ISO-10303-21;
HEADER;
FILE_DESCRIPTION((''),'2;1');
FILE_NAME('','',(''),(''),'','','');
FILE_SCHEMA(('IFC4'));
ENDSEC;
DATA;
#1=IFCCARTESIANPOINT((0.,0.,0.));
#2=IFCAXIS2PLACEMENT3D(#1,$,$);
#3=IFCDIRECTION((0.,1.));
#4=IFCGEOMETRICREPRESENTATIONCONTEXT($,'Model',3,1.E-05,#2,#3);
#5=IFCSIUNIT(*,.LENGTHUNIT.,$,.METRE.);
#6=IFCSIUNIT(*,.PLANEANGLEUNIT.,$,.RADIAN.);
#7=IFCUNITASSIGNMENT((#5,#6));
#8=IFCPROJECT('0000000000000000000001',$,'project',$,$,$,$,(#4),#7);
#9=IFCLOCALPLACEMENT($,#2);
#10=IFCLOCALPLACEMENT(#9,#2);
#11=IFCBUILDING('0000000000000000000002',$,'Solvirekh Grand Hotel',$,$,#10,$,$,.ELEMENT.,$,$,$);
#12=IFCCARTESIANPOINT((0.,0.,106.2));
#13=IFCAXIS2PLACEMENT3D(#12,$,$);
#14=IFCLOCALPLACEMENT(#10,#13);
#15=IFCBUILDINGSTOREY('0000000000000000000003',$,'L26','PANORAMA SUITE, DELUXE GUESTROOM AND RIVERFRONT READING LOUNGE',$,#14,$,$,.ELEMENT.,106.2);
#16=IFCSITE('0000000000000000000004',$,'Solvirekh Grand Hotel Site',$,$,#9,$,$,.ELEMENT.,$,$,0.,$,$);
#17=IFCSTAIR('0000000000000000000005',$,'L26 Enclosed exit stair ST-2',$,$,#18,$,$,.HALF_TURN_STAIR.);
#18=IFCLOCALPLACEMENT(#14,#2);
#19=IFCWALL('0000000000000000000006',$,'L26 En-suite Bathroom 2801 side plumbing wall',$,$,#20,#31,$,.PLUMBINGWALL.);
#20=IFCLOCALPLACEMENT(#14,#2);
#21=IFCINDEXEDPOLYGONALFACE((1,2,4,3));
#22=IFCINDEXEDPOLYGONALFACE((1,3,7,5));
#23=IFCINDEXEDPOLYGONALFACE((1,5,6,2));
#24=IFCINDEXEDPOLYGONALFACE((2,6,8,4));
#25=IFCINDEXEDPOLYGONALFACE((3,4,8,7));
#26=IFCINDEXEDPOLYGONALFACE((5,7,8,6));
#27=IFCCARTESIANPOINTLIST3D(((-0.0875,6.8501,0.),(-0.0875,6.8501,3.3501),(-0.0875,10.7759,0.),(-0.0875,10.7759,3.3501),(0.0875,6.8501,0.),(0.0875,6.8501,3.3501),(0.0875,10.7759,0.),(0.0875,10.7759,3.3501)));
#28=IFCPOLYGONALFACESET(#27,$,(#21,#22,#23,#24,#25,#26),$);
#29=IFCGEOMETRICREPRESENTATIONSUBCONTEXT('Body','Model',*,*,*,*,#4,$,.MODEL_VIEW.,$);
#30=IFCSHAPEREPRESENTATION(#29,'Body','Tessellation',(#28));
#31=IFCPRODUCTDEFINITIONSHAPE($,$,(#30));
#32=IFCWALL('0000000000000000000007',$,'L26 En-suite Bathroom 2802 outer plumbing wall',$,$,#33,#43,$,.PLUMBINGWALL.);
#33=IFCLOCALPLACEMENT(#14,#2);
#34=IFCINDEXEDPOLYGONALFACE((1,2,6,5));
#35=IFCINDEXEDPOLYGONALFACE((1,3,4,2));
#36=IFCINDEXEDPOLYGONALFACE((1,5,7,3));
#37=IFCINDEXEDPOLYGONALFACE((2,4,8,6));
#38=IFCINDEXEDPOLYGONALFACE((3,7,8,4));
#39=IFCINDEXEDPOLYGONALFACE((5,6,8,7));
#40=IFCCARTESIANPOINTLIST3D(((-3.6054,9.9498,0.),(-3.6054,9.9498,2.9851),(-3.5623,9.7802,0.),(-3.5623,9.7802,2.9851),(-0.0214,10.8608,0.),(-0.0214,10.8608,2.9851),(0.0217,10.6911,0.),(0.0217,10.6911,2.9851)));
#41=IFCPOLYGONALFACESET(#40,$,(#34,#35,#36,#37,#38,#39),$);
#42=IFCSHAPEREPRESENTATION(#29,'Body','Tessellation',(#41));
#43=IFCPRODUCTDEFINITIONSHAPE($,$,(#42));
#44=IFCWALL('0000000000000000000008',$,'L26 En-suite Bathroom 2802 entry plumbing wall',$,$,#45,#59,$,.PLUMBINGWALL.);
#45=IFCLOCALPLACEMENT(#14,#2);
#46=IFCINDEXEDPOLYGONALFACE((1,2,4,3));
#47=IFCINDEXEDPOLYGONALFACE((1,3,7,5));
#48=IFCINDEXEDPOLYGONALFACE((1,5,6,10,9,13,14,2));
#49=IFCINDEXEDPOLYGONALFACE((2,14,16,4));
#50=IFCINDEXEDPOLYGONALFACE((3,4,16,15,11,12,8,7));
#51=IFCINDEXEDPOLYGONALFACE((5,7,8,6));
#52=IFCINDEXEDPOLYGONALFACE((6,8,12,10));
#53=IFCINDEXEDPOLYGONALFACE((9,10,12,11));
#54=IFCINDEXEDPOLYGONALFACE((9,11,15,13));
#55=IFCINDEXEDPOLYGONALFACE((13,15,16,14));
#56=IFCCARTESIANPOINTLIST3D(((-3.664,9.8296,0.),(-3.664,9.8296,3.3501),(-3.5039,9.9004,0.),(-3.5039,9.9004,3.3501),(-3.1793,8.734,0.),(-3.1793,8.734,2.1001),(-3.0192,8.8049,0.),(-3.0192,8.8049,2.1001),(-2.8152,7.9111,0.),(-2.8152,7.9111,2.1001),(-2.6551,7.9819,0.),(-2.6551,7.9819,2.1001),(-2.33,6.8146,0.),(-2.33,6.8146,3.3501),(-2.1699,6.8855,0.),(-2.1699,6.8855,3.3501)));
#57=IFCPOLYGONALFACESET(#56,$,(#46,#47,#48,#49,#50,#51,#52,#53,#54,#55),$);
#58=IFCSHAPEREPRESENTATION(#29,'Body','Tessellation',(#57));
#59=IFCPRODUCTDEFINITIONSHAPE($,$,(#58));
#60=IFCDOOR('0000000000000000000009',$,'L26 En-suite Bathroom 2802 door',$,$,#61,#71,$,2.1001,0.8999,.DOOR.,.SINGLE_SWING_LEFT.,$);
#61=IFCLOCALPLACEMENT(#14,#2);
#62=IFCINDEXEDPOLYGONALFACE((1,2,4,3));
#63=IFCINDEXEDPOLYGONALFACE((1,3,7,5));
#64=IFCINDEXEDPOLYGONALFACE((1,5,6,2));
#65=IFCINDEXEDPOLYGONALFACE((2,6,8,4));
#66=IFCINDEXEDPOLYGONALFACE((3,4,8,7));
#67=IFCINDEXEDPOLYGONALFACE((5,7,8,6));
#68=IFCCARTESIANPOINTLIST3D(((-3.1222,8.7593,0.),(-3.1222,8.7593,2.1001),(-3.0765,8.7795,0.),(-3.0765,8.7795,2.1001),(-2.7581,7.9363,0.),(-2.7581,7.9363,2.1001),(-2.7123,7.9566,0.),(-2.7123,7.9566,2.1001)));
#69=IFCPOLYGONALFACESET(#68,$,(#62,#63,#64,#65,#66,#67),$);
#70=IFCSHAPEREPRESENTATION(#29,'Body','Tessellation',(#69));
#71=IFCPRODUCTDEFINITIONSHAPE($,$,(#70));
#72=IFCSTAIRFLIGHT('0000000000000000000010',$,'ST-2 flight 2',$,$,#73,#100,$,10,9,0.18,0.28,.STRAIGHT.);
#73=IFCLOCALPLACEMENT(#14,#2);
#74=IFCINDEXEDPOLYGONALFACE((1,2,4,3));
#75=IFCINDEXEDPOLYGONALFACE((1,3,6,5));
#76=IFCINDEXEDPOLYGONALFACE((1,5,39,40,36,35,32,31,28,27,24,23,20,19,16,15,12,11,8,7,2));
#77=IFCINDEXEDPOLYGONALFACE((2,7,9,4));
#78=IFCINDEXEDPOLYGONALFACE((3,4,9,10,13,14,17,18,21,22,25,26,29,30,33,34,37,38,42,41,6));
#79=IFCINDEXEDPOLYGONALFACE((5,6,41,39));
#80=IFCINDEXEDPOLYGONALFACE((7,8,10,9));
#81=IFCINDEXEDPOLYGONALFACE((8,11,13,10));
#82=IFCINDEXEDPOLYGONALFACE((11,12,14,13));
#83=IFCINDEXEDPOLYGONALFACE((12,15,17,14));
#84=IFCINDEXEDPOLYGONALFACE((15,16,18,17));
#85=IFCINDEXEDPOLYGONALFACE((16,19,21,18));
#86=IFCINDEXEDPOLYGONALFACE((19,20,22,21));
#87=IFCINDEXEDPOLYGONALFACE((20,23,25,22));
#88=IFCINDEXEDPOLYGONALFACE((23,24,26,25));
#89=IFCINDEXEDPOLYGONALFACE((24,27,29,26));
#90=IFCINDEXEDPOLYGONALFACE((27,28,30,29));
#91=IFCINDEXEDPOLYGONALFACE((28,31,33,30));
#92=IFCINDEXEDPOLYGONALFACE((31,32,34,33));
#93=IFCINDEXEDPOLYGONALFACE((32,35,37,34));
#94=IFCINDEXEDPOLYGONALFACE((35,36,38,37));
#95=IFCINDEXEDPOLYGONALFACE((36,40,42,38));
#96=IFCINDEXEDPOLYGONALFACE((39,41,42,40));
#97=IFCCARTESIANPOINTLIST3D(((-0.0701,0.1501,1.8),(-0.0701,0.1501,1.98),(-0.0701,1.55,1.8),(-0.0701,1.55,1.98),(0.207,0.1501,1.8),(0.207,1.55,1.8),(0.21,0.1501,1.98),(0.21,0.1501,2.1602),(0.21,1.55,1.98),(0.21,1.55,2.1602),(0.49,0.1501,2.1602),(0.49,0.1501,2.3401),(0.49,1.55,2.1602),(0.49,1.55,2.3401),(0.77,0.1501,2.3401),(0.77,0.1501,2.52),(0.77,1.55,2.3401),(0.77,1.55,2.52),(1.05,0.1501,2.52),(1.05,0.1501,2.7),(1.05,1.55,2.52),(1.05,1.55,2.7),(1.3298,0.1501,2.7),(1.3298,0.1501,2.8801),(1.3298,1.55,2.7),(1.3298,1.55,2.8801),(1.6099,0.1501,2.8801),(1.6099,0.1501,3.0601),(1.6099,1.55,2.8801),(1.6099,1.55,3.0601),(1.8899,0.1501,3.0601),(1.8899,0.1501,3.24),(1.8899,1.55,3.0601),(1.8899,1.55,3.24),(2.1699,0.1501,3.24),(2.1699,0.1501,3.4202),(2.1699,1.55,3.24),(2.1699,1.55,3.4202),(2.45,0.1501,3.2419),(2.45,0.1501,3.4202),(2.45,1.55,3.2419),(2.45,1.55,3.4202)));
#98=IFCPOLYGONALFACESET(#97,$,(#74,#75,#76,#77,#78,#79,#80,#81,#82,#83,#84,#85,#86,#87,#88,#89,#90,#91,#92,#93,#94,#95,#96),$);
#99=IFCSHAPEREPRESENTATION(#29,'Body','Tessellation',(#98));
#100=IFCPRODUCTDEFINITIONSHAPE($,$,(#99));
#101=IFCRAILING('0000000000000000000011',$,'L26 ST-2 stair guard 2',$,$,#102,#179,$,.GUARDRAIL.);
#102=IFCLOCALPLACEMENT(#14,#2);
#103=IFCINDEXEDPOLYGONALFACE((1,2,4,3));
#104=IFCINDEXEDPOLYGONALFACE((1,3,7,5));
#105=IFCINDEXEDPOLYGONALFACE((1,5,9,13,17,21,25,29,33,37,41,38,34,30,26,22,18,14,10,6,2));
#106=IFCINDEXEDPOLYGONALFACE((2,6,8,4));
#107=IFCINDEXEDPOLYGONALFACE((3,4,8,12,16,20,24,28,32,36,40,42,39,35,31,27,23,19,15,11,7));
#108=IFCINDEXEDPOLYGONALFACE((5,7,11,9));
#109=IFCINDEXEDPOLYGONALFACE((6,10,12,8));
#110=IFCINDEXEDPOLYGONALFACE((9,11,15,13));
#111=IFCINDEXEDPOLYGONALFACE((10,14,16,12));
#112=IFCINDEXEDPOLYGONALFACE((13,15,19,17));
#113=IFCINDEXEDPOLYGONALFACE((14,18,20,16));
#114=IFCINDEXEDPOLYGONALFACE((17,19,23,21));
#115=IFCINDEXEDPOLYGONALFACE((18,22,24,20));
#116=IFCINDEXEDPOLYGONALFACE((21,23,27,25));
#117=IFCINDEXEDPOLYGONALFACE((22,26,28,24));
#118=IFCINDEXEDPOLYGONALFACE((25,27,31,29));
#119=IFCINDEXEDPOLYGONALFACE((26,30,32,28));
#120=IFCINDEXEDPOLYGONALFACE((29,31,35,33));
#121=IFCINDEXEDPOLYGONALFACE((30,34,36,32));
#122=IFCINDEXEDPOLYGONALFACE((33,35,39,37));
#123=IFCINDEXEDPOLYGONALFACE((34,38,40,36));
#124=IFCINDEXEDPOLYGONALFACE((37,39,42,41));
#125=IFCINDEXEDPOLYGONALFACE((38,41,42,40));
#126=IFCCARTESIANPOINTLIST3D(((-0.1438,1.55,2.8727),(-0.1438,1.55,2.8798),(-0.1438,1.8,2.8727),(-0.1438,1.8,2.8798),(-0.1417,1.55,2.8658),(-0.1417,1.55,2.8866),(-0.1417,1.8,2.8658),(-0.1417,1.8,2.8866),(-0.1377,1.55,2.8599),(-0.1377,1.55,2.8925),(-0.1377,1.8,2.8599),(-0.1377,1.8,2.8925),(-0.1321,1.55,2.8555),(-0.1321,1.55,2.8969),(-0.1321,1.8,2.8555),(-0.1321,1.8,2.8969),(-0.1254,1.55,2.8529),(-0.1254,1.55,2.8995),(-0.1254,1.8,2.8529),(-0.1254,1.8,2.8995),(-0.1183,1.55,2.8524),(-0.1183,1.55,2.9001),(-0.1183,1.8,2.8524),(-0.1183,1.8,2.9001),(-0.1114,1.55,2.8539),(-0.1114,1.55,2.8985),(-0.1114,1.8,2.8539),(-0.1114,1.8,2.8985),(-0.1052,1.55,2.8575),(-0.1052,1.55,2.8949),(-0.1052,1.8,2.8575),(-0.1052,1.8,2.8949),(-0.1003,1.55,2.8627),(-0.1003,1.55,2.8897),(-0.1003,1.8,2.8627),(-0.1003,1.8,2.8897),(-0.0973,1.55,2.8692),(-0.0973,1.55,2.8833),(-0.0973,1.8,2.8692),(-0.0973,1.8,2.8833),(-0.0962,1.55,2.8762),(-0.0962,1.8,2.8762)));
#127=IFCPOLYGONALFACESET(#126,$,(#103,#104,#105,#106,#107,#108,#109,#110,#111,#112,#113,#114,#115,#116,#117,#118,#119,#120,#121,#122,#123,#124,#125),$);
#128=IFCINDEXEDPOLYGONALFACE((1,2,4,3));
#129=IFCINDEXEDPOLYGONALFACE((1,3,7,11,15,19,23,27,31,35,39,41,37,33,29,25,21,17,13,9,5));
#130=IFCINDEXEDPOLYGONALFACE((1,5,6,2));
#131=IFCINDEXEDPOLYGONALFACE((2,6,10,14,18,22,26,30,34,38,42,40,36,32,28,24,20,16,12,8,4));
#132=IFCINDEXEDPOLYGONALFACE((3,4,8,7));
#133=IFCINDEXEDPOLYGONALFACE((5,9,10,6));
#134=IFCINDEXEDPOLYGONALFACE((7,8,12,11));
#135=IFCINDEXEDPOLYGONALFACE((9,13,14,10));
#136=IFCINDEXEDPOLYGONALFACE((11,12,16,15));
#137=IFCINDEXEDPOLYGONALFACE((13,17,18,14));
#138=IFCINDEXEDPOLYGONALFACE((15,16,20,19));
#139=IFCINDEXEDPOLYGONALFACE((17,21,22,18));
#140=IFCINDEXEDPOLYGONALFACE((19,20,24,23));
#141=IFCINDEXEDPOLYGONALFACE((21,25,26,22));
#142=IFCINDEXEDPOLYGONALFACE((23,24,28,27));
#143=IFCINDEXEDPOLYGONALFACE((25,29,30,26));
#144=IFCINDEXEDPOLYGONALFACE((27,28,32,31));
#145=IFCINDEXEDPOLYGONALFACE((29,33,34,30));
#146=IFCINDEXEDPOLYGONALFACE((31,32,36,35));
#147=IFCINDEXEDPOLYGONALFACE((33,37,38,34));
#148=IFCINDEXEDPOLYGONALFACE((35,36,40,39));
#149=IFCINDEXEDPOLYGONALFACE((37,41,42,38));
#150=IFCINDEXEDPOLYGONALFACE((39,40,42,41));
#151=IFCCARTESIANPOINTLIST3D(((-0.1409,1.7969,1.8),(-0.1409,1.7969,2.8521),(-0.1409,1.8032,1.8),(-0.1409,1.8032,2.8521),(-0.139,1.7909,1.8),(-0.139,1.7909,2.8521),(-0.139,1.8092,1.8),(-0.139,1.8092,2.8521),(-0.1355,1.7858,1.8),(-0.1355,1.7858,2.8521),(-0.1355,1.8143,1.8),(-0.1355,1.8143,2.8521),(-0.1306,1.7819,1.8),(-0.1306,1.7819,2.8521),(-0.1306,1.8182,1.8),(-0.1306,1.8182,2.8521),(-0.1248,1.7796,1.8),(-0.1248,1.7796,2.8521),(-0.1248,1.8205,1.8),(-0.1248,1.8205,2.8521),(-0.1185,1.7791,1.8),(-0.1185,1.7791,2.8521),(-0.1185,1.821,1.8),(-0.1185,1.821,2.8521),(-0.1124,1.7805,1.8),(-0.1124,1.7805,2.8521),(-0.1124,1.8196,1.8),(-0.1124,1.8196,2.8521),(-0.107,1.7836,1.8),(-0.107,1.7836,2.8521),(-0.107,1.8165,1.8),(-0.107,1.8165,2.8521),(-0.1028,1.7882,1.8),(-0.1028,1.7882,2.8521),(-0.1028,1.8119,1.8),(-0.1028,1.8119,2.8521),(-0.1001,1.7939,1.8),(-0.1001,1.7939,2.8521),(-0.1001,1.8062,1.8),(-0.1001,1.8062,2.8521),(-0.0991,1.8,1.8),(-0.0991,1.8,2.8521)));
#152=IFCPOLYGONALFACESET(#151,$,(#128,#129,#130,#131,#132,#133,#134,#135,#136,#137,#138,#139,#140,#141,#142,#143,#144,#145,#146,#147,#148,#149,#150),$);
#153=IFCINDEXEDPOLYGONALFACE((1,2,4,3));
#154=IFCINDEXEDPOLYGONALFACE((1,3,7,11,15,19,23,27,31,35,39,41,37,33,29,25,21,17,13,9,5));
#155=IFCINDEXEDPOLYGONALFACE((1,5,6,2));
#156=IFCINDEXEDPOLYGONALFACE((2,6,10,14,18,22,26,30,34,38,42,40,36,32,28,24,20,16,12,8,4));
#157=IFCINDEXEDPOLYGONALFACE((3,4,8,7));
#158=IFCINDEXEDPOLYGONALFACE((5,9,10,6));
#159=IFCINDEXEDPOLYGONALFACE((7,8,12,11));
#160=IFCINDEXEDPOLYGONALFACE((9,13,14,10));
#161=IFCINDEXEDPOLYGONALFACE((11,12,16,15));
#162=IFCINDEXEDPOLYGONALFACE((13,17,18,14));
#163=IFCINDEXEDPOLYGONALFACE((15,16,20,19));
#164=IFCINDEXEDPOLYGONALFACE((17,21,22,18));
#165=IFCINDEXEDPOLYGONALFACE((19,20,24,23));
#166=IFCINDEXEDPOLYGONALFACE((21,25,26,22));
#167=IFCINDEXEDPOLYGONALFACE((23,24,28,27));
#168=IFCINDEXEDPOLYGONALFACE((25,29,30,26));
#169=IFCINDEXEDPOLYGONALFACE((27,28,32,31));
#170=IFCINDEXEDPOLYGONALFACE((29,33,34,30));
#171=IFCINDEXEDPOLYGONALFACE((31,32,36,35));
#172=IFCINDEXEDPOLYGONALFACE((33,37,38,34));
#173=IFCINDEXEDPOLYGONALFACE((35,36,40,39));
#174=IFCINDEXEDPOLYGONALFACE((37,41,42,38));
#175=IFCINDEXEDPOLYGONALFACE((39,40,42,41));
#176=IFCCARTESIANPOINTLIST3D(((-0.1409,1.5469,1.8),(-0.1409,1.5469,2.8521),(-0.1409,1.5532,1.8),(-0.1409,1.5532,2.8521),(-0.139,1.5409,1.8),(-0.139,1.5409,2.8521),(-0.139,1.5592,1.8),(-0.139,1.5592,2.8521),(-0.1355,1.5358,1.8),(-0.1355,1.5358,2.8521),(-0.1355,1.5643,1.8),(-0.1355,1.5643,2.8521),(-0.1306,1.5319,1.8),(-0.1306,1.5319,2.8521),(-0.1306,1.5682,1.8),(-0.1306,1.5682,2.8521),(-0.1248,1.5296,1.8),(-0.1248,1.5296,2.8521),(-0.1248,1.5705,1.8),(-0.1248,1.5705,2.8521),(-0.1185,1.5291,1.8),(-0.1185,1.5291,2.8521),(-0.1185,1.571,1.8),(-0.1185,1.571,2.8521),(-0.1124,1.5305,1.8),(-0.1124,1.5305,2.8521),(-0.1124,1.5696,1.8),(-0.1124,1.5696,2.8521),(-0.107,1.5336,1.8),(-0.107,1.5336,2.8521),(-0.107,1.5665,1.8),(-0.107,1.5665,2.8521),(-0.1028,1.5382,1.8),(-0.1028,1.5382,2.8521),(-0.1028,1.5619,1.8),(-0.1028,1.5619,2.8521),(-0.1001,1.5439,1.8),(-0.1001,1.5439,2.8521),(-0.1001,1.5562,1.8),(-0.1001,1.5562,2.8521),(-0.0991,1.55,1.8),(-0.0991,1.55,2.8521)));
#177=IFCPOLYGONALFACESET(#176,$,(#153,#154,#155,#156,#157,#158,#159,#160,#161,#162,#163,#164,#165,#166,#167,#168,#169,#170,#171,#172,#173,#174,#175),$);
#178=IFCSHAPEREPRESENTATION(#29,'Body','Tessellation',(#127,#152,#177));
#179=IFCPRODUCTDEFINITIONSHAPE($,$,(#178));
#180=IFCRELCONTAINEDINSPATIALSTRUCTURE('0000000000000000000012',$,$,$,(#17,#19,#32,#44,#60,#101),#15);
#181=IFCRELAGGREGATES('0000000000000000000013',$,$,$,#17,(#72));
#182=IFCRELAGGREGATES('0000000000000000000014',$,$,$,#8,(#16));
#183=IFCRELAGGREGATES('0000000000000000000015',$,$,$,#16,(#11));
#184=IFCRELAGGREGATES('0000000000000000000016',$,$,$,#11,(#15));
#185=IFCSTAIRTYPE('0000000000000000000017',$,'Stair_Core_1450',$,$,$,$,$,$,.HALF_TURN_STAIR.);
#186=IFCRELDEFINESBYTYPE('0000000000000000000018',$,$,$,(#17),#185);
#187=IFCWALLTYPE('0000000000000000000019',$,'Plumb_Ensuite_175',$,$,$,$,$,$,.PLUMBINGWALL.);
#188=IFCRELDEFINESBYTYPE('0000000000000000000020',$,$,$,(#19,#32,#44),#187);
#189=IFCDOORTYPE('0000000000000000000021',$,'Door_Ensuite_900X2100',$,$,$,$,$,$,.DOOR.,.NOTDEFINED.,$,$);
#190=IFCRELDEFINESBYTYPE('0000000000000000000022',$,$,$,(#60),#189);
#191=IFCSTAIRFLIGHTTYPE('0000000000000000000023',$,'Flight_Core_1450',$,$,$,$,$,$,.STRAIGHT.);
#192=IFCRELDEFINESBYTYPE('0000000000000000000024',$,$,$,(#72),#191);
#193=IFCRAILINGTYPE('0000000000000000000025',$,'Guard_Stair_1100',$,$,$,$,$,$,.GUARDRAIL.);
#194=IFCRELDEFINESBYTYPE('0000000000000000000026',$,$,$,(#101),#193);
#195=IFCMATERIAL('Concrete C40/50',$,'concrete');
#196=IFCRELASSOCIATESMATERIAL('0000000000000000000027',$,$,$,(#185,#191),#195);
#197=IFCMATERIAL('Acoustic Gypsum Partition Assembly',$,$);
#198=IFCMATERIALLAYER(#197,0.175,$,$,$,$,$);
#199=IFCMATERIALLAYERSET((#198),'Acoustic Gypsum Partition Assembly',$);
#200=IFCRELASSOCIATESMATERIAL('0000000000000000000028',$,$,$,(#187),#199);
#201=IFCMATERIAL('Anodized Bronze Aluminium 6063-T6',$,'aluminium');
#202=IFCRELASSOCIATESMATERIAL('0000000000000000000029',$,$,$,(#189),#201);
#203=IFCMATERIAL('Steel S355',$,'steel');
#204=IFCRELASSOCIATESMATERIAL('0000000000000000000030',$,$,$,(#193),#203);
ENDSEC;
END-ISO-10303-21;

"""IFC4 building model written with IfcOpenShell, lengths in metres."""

from ifc_helpers import new_model, si_unit, direction, frame, frame_2d, origin, origin_2d, place, context, subcontext, project, spatial, polyline, rectangle, circle, outline, extrude, material, layer, layer_set, type_object, element, fill, aggregate, save


model = new_model("IFC4")

# Units and contexts
model_context = context("Model", 3, precision=1e-05, world=origin(), true_north=direction((0.0, 1.0)))
body_context = subcontext(model_context, "Body", "Model", "MODEL_VIEW")
ifc_project = project(units=[si_unit("LENGTHUNIT", "METRE"), si_unit("PLANEANGLEUNIT", "RADIAN")], contexts=[model_context])

# Site, building, storey
site_placement = place(None, origin())
site = spatial("IfcSite", under=ifc_project, at=site_placement, Name="Solvirekh Grand Hotel Site", CompositionType="ELEMENT", RefElevation=0.0)
building_placement = place(site_placement, origin())
building = spatial("IfcBuilding", under=site, at=building_placement, Name="Solvirekh Grand Hotel", CompositionType="ELEMENT")
storey_placement = place(building_placement, frame((0.0, 0.0, 106.2)))
storey = spatial("IfcBuildingStorey", under=building, at=storey_placement, Name="L26", Description="PANORAMA SUITE, DELUXE GUESTROOM AND RIVERFRONT READING LOUNGE", CompositionType="ELEMENT", Elevation=106.2)

# Shared definitions
ifc_material_1 = material(Name="Steel S355", Category="steel")

# Shared definitions
ifc_material_2 = material(Name="Anodized Bronze Aluminium 6063-T6", Category="aluminium")

# Stair
ifc_material_3 = material(Name="Concrete C40/50", Category="concrete")
stair_type = type_object("IfcStairType", Name="Stair_Core_1450", PredefinedType="HALF_TURN_STAIR", material=ifc_material_3)
stair_1_placement = place(storey_placement, origin())
stair_1 = element("IfcStair", 1, at=stair_1_placement, inside=storey, type_object=stair_type, Name="L26 Enclosed exit stair ST-2", PredefinedType="HALF_TURN_STAIR")

# Walls
ifc_material_4 = material(Name="Acoustic Gypsum Partition Assembly")
ifc_layer_1 = layer(ifc_material_4, 0.175)
ifc_layer_set_1 = layer_set([ifc_layer_1], Name="Acoustic Gypsum Partition Assembly")
wall_type_1 = type_object("IfcWallType", Name="Plumb_Ensuite_175", PredefinedType="PLUMBINGWALL", material=ifc_layer_set_1)
wall_1_placement = place(storey_placement, frame((0.0, 10.7759, 0.0), z_axis=(0.0, 0.0, 1.0), x_axis=(0.0, -1.0, 0.0)))
element("IfcWall", 2, at=wall_1_placement, inside=storey, type_object=wall_type_1, Name="L26 En-suite Bathroom 2801 side plumbing wall", PredefinedType="PLUMBINGWALL", context=body_context, shape_type="SweptSolid", body=[
    extrude(rectangle(XDim=3.9258, YDim=0.175, at=frame_2d((1.9629, 0.0))), origin(), (0.0, 0.0, 1.0), 3.3501),
])
wall_2_placement = place(storey_placement, frame((-3.584, 9.865, 0.0), z_axis=(0.0, 0.0, 1.0), x_axis=(0.969188, 0.246324, 0.0)))
element("IfcWall", 3, at=wall_2_placement, inside=storey, type_object=wall_type_1, Name="L26 En-suite Bathroom 2802 outer plumbing wall", PredefinedType="PLUMBINGWALL", context=body_context, shape_type="SweptSolid", body=[
    extrude(rectangle(XDim=3.698, YDim=0.175, at=frame_2d((1.8491, 0.0))), origin(), (0.0, 0.0, 1.0), 2.9851),
])

# Wall, opening, door
wall_3_placement = place(storey_placement, frame((-3.584, 9.865, 0.0), z_axis=(0.0, 0.0, 1.0), x_axis=(0.404626, -0.914482, 0.0)))
wall_3 = element("IfcWall", 4, at=wall_3_placement, inside=storey, type_object=wall_type_1, Name="L26 En-suite Bathroom 2802 entry plumbing wall", PredefinedType="PLUMBINGWALL", context=body_context, shape_type="SweptSolid", body=[
    extrude(rectangle(XDim=3.2969, YDim=0.175, at=frame_2d((1.6484, 0.0))), origin(), (0.0, 0.0, 1.0), 3.3501),
])
opening_1_placement = place(wall_3_placement, frame((1.198, 0.0, 0.0)))
opening_1 = element("IfcOpeningElement", 5, at=opening_1_placement, cuts=wall_3, PredefinedType="OPENING", context=body_context, shape_type="SweptSolid", body=[
    extrude(rectangle(XDim=0.8999, YDim=2.1001, at=frame_2d((0.45, 1.05))), frame((0.0, 0.0977, 0.0), z_axis=(0.0, -1.0, 0.0), x_axis=(1.0, 0.0, 0.0)), (0.0, 0.0, 1.0), 0.1951),
])
door_type_1 = type_object("IfcDoorType", Name="Door_Ensuite_900X2100", OperationType="NOTDEFINED", PredefinedType="DOOR", material=ifc_material_2)
door_1_placement = place(opening_1_placement, origin())
door_1 = element("IfcDoor", 6, at=door_1_placement, inside=storey, type_object=door_type_1, Name="L26 En-suite Bathroom 2802 door", OperationType="SINGLE_SWING_LEFT", OverallHeight=2.1001, OverallWidth=0.8999, PredefinedType="DOOR", context=body_context, shape_type="SweptSolid", body=[
    extrude(rectangle(XDim=0.8999, YDim=2.1001, at=frame_2d((0.45, 1.05))), frame((0.0, 0.0249, 0.0), z_axis=(0.0, -1.0, 0.0), x_axis=(1.0, 0.0, 0.0)), (0.0, 0.0, 1.0), 0.05),
])
fill(opening_1, door_1)

# Stair flight
stair_flight_type = type_object("IfcStairFlightType", Name="Flight_Core_1450", PredefinedType="STRAIGHT", material=ifc_material_3)
stair_flight_placement = place(storey_placement, frame((-0.0701, 0.8501, 1.8), z_axis=(0.0, 0.0, 1.0), x_axis=(1.0, 0.0, 0.0)))
stair_flight = element("IfcStairFlight", 7, at=stair_flight_placement, type_object=stair_flight_type, Name="ST-2 flight 2", NumberOfRisers=10, NumberOfTreads=9, PredefinedType="STRAIGHT", RiserHeight=0.18, TreadLength=0.28, context=body_context, shape_type="SweptSolid", body=[
    extrude(outline(polyline([(0.0, 0.0), (0.0, 0.1799), (0.28, 0.1799), (0.28, 0.3601), (0.5601, 0.3601), (0.5601, 0.54), (0.8401, 0.54), (0.8401, 0.72), (1.1201, 0.72), (1.1201, 0.8999), (1.3999, 0.8999), (1.3999, 1.0801), (1.6799, 1.0801), (1.6799, 1.26), (1.96, 1.26), (1.96, 1.4399), (2.24, 1.4399), (2.24, 1.6201), (2.52, 1.6201), (2.52, 1.8), (2.52, 1.4419), (0.2771, 0.0), (0.0, 0.0)])), frame((0.0, 0.7, 0.0), z_axis=(0.0, -1.0, 0.0), x_axis=(1.0, 0.0, 0.0)), (0.0, 0.0, 1.0), 1.3999),
])
aggregate(stair_1, [stair_flight])

# Railing
railing_type_1 = type_object("IfcRailingType", Name="Guard_Stair_1100", PredefinedType="GUARDRAIL", material=ifc_material_1)
railing_1_placement = place(storey_placement, frame((-0.1201, 1.8, 1.8)))
element("IfcRailing", 8, at=railing_1_placement, inside=storey, type_object=railing_type_1, Name="L26 ST-2 stair guard 2", PredefinedType="GUARDRAIL", context=body_context, shape_type="SweptSolid", body=[
    extrude(circle(Radius=0.0239, at=origin_2d()), frame((0.0, 0.0, 1.0762), z_axis=(0.0, -1.0, 0.0), x_axis=(1.0, 0.0, 0.0)), (0.0, 0.0, 1.0), 0.25),
    extrude(circle(Radius=0.021, at=origin_2d()), origin(), (0.0, 0.0, 1.0), 1.052),
    extrude(circle(Radius=0.021, at=origin_2d()), frame((0.0, -0.25, 0.0)), (0.0, 0.0, 1.0), 1.052),
])

save(model, "model.ifc")
